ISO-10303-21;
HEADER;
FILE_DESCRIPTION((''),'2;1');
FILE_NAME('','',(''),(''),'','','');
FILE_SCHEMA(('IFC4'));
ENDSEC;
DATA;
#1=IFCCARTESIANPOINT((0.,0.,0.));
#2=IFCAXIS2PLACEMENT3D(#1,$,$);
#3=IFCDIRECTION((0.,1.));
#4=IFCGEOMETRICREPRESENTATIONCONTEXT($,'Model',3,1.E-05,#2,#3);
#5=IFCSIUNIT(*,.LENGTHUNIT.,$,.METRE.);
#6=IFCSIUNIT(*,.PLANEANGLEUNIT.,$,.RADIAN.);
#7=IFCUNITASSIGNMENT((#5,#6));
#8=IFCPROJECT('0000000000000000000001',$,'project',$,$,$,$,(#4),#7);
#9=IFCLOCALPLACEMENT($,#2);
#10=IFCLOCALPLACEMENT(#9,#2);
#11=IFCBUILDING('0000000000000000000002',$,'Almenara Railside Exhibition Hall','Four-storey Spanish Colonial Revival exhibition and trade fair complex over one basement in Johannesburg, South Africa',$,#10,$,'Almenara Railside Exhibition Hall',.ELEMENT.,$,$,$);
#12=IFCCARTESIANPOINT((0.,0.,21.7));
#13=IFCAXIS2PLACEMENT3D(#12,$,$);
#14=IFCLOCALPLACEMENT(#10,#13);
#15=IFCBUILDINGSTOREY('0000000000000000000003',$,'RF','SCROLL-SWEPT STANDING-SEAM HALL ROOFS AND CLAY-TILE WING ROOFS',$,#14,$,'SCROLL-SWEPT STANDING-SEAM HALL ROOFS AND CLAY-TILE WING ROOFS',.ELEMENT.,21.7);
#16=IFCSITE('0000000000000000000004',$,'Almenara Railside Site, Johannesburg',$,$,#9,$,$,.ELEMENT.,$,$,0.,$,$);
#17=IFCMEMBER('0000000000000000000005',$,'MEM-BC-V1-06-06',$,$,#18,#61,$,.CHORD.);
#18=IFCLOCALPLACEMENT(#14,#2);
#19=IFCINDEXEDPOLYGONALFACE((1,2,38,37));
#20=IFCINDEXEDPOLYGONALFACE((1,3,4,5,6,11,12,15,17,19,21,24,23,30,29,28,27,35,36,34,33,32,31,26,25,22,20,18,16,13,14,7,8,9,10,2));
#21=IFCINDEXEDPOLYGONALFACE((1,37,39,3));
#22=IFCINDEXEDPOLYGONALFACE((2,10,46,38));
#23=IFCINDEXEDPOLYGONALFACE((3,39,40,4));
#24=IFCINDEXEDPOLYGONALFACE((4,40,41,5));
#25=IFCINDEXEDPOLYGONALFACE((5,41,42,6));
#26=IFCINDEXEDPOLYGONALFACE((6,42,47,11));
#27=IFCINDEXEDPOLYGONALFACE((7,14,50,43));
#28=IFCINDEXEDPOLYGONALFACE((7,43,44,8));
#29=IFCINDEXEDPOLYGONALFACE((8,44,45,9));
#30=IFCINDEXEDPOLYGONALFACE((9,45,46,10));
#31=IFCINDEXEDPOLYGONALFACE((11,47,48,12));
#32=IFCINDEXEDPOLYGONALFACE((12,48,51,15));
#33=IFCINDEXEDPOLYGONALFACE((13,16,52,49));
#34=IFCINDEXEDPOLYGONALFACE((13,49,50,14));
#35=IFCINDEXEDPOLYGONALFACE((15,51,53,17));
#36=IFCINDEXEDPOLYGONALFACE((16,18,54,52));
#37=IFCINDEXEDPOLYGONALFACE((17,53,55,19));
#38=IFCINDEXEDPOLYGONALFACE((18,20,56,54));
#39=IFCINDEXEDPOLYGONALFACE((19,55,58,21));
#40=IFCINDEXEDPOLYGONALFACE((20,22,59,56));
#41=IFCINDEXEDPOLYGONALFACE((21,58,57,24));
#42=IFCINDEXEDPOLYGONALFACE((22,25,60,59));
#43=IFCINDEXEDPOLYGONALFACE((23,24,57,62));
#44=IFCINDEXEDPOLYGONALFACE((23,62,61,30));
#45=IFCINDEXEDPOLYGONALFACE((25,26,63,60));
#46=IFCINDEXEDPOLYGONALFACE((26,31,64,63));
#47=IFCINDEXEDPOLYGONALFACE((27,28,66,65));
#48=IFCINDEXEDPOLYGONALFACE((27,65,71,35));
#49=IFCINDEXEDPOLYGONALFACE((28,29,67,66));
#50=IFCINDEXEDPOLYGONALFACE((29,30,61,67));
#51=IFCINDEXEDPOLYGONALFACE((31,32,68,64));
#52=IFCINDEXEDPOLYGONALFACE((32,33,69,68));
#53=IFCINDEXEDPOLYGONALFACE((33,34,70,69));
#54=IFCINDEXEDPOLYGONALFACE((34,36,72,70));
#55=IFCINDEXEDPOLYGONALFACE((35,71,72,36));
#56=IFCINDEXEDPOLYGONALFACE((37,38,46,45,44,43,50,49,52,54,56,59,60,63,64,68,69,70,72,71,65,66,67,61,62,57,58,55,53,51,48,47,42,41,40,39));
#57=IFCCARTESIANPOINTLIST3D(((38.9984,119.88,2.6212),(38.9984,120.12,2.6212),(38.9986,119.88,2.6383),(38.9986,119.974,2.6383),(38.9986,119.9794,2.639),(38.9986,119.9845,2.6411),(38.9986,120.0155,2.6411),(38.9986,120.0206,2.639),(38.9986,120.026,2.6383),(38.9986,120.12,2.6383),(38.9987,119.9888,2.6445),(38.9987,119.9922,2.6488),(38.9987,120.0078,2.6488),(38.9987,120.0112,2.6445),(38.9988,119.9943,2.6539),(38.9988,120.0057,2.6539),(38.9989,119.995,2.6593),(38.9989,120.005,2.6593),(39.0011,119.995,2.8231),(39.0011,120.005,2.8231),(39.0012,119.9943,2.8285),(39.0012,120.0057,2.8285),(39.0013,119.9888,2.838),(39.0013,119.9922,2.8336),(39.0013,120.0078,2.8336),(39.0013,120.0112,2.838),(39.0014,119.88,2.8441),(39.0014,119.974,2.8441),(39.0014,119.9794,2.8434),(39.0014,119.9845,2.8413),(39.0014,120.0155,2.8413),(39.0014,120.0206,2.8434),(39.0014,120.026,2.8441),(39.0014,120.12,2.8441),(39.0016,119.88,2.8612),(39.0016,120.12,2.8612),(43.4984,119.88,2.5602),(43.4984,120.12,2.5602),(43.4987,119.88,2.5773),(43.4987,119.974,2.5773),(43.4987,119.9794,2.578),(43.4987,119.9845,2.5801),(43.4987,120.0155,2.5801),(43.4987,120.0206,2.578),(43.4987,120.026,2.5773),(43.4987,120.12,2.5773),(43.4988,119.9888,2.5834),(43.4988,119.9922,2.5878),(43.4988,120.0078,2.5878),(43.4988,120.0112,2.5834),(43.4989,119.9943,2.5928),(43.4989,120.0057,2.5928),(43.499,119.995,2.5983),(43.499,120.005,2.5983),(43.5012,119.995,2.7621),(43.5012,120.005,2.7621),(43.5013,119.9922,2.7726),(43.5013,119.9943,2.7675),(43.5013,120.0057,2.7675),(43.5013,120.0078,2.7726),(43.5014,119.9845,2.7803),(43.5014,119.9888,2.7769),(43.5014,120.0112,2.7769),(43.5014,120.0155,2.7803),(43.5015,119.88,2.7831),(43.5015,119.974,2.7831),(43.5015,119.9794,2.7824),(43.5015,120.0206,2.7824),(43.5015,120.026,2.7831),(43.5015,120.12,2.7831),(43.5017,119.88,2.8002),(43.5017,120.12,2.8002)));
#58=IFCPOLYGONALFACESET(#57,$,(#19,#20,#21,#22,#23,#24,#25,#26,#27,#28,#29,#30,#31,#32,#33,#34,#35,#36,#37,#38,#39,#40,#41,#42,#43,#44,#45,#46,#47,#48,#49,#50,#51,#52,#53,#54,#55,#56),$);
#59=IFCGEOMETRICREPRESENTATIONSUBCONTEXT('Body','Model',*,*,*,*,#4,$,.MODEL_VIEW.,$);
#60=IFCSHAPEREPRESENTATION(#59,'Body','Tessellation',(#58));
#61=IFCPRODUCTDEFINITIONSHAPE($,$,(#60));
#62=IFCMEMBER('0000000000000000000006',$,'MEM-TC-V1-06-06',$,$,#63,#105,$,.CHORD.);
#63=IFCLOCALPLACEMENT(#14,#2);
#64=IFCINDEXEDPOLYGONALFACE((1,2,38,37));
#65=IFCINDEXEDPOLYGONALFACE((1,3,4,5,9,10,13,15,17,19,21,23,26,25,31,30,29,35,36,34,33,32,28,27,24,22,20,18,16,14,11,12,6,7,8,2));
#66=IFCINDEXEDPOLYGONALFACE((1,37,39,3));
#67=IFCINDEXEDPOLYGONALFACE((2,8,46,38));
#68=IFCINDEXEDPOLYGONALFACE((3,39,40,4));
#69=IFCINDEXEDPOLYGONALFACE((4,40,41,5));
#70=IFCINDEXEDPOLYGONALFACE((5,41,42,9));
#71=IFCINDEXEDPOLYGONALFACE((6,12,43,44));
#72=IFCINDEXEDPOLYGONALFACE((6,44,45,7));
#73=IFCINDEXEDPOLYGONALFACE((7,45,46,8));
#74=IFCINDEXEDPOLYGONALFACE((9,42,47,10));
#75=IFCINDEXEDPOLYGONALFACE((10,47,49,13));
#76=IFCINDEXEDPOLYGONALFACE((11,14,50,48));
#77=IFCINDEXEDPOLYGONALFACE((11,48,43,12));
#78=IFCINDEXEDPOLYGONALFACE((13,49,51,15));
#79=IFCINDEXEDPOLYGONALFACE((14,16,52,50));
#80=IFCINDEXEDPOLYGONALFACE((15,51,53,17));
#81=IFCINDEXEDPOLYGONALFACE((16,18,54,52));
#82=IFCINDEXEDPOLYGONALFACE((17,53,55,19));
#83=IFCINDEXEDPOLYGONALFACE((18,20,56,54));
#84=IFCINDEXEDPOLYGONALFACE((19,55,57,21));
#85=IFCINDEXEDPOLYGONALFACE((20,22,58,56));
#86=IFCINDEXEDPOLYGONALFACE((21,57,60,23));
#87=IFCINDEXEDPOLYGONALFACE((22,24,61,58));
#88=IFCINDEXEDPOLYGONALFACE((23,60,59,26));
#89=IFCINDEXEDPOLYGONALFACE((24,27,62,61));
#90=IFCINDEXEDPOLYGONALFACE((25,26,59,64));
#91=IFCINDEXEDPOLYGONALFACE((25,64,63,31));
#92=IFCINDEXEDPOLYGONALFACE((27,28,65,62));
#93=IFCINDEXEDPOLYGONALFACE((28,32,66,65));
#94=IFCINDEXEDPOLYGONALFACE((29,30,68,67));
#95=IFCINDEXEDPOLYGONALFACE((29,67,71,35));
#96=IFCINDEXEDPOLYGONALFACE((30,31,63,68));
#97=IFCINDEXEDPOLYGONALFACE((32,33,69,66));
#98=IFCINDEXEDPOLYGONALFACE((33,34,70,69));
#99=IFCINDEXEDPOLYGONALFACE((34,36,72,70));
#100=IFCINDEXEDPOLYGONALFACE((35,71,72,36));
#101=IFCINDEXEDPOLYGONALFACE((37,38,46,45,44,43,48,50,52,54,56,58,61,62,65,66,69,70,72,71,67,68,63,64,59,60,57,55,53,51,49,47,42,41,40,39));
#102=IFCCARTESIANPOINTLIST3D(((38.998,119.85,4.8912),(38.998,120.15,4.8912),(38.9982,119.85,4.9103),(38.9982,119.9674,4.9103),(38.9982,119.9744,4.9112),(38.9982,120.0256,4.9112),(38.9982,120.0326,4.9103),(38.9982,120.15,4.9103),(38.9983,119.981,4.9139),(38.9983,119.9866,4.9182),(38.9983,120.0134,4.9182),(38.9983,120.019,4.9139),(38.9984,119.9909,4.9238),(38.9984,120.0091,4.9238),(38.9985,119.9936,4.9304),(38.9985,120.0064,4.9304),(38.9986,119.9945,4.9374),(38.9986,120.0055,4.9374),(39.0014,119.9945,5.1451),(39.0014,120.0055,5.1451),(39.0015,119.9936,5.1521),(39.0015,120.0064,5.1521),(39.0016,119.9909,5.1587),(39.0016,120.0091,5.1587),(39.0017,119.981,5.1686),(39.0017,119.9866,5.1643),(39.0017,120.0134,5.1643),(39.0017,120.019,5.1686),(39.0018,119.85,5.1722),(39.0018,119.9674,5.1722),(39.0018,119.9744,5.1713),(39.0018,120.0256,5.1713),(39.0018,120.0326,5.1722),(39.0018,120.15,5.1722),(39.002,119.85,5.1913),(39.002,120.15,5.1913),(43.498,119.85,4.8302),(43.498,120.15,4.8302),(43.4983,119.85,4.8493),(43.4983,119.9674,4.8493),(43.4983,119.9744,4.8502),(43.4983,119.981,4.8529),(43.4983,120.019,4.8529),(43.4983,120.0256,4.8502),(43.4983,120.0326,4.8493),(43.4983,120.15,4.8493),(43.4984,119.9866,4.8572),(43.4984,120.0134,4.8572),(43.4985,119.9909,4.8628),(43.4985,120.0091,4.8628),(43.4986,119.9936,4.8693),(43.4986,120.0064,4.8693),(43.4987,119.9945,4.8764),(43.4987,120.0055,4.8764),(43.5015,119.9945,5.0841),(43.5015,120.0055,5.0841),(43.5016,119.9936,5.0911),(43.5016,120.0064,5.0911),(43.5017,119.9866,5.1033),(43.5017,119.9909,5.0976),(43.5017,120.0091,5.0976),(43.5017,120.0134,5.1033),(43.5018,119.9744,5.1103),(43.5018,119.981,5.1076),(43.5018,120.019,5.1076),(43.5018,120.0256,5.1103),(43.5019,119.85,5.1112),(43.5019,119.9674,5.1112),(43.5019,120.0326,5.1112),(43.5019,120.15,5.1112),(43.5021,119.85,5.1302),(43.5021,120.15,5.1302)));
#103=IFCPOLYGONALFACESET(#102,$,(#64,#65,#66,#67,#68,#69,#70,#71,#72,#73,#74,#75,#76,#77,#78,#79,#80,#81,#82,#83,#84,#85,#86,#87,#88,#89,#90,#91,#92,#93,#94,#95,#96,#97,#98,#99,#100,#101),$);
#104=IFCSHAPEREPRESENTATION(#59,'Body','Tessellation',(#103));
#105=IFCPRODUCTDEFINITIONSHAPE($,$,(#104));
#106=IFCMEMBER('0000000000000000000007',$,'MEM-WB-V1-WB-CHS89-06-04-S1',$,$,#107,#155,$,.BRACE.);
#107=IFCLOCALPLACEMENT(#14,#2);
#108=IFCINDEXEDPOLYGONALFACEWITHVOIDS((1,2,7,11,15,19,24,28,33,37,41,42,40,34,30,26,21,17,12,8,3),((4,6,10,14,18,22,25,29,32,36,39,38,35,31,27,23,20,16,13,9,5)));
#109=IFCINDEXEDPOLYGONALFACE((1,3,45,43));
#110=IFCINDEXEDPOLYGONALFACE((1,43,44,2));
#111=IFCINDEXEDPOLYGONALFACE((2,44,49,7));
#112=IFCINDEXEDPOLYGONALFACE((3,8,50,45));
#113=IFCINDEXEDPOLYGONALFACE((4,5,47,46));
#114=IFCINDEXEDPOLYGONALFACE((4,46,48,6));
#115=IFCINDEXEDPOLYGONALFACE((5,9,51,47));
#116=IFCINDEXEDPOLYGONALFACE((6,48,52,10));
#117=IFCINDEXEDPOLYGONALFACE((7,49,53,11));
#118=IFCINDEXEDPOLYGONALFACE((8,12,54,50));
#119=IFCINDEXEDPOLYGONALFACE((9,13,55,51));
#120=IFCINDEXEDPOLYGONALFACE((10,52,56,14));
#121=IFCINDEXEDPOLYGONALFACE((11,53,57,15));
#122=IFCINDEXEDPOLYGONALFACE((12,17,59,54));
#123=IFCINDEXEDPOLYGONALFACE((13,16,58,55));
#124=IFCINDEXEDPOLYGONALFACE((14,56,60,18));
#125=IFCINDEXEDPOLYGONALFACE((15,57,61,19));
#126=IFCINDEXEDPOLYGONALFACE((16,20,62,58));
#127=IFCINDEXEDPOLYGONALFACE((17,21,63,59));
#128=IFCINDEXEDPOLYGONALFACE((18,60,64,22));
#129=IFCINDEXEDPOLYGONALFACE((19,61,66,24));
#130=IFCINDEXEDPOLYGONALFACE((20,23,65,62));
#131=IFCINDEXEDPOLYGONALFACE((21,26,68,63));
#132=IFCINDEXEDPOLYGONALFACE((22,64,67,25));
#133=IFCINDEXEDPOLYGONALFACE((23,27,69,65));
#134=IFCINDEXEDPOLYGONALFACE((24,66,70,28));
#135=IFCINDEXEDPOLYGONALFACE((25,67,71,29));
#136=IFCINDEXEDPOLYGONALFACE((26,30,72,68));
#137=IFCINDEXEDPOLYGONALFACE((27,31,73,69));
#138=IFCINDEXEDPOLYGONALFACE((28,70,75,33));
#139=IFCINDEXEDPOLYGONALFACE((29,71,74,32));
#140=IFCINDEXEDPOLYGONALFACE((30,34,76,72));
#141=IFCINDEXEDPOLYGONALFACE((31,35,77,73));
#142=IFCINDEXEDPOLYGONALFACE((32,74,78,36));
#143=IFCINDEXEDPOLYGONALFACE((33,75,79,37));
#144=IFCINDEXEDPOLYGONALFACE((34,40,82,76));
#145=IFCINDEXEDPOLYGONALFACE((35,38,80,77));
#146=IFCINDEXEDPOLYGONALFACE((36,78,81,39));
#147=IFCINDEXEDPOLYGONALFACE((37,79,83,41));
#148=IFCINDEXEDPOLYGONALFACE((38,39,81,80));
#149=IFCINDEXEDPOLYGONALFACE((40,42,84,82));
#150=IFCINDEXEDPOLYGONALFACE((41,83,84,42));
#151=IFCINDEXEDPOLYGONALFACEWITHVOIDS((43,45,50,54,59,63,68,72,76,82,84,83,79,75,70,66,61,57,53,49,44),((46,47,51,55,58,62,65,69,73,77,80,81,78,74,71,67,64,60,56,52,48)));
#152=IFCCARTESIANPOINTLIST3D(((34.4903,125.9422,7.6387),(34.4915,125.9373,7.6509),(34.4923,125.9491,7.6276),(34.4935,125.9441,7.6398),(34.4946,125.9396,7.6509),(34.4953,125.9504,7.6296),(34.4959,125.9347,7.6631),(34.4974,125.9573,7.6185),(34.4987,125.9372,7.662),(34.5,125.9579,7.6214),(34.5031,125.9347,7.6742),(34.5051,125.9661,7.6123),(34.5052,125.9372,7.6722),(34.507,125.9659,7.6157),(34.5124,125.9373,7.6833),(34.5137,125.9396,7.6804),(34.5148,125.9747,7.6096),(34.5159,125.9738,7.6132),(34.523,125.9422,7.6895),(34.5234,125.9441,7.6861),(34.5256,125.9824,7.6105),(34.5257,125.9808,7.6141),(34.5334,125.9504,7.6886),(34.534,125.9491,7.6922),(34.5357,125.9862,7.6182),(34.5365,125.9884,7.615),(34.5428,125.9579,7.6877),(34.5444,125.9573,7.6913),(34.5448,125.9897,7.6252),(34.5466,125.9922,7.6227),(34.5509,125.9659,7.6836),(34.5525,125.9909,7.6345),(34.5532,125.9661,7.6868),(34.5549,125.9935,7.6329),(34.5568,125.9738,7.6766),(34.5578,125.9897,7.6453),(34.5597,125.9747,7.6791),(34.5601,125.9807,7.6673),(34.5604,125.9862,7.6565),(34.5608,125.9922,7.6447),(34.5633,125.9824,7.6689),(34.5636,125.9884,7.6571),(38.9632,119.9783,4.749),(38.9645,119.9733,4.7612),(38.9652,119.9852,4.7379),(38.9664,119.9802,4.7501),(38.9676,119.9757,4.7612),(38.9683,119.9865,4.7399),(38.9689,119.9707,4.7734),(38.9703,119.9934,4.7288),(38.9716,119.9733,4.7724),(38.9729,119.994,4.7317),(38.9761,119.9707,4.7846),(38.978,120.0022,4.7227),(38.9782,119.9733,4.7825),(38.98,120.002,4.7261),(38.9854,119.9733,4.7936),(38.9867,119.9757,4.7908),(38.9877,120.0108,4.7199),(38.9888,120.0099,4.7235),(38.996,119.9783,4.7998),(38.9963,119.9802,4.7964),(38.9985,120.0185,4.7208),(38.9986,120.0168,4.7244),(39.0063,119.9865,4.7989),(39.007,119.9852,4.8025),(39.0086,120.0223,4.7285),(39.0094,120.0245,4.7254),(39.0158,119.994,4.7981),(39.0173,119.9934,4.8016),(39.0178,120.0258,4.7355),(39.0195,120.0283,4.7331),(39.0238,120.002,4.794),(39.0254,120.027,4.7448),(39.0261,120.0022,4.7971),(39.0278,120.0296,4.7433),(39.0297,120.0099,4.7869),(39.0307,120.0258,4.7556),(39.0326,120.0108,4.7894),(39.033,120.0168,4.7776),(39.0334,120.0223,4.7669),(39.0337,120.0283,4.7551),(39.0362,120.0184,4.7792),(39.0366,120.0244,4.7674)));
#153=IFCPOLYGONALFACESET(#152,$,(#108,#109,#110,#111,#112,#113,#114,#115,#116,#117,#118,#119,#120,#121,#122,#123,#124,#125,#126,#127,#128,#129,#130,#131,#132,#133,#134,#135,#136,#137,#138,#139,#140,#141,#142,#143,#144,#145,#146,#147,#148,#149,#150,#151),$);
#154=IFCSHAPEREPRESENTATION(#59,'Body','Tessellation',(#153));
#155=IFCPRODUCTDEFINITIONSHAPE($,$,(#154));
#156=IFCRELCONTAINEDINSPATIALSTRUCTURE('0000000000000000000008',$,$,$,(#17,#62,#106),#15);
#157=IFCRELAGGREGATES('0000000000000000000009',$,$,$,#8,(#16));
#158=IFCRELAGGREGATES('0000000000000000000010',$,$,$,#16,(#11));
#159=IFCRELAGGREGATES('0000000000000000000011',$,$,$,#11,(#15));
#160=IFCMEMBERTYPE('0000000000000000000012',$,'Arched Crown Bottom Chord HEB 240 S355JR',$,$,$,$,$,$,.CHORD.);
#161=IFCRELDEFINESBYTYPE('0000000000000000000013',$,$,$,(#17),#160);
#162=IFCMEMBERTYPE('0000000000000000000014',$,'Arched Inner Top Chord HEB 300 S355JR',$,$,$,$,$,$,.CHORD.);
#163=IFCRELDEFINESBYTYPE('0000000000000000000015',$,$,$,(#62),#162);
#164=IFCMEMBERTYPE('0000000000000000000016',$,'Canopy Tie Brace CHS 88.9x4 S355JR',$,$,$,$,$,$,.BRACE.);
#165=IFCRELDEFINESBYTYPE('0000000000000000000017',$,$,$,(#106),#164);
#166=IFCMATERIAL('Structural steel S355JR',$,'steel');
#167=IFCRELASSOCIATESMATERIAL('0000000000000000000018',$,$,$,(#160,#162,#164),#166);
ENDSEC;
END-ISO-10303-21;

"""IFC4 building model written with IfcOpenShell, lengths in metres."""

from ifc_helpers import new_model, si_unit, direction, frame, origin, origin_2d, place, context, subcontext, project, spatial, hollow_circle, i_section, extrude, material, material_profile, profile_set, type_object, element, save


model = new_model("IFC4")

# Units and contexts
model_context = context("Model", 3, precision=1e-05, world=origin(), true_north=direction((0.0, 1.0)))
body_context = subcontext(model_context, "Body", "Model", "MODEL_VIEW")
ifc_project = project(units=[si_unit("LENGTHUNIT", "METRE"), si_unit("PLANEANGLEUNIT", "RADIAN")], contexts=[model_context])

# Site, building, storey
site_placement = place(None, origin())
site = spatial("IfcSite", under=ifc_project, at=site_placement, Name="Almenara Railside Site, Johannesburg", CompositionType="ELEMENT", RefElevation=0.0)
building_placement = place(site_placement, origin())
building = spatial("IfcBuilding", under=site, at=building_placement, Name="Almenara Railside Exhibition Hall", Description="Four-storey Spanish Colonial Revival exhibition and trade fair complex over one basement in Johannesburg, South Africa", LongName="Almenara Railside Exhibition Hall", CompositionType="ELEMENT")
storey_placement = place(building_placement, frame((0.0, 0.0, 21.7)))
storey = spatial("IfcBuildingStorey", under=building, at=storey_placement, Name="RF", Description="SCROLL-SWEPT STANDING-SEAM HALL ROOFS AND CLAY-TILE WING ROOFS", LongName="SCROLL-SWEPT STANDING-SEAM HALL ROOFS AND CLAY-TILE WING ROOFS", CompositionType="ELEMENT", Elevation=21.7)

# Members
ifc_material_1 = material(Name="Structural steel S355JR", Category="steel")
ifc_material_profile_1 = material_profile(ifc_material_1, i_section(OverallWidth=0.24, OverallDepth=0.24, WebThickness=0.01, FlangeThickness=0.0171, FilletRadius=0.021, at=origin_2d()), Name="HEB 240")
ifc_profile_set_1 = profile_set([ifc_material_profile_1], Name="Structural steel S355JR")
member_type_1 = type_object("IfcMemberType", Name="Arched Crown Bottom Chord HEB 240 S355JR", PredefinedType="CHORD", material=ifc_profile_set_1)
member_1_placement = place(storey_placement, frame((39.0, 120.0, 2.7412), z_axis=(0.999908, 0.0, -0.013562), x_axis=(0.0, 1.0, 0.0)))
element("IfcMember", 1, at=member_1_placement, inside=storey, type_object=member_type_1, Name="MEM-BC-V1-06-06", PredefinedType="CHORD", context=body_context, shape_type="SweptSolid", body=[
    extrude(i_section(OverallWidth=0.24, OverallDepth=0.24, WebThickness=0.01, FlangeThickness=0.0171, FilletRadius=0.021, at=origin_2d()), origin(), (0.0, 0.0, 1.0), 4.5005),
])
ifc_material_profile_2 = material_profile(ifc_material_1, i_section(OverallWidth=0.3, OverallDepth=0.3, WebThickness=0.011, FlangeThickness=0.019, FilletRadius=0.0271, at=origin_2d()), Name="HEB 300")
ifc_profile_set_2 = profile_set([ifc_material_profile_2], Name="Structural steel S355JR")
member_type_2 = type_object("IfcMemberType", Name="Arched Inner Top Chord HEB 300 S355JR", PredefinedType="CHORD", material=ifc_profile_set_2)
member_2_placement = place(storey_placement, frame((39.0, 120.0, 5.0413), z_axis=(0.999908, 0.0, -0.013562), x_axis=(0.0, 1.0, 0.0)))
element("IfcMember", 2, at=member_2_placement, inside=storey, type_object=member_type_2, Name="MEM-TC-V1-06-06", PredefinedType="CHORD", context=body_context, shape_type="SweptSolid", body=[
    extrude(i_section(OverallWidth=0.3, OverallDepth=0.3, WebThickness=0.011, FlangeThickness=0.019, FilletRadius=0.0271, at=origin_2d()), origin(), (0.0, 0.0, 1.0), 4.5005),
])
ifc_material_profile_3 = material_profile(ifc_material_1, hollow_circle(Radius=0.0444, WallThickness=0.0039, at=origin_2d()), Name="CHS 88.9x4")
ifc_profile_set_3 = profile_set([ifc_material_profile_3], Name="Structural steel S355JR")
member_type_3 = type_object("IfcMemberType", Name="Canopy Tie Brace CHS 88.9x4 S355JR", PredefinedType="BRACE", material=ifc_profile_set_3)
for number, where, z_axis, x_axis, name in (
    (3, (39.0, 120.0, 4.7612), (-0.559442, 0.745923, 0.361419), (-0.8, -0.6, 0.0), "MEM-WB-V1-WB-CHS89-06-04-S1"),
):
    element("IfcMember", number, at=place(storey_placement, frame(where, z_axis=z_axis, x_axis=x_axis)), inside=storey, type_object=member_type_3, Name=name, PredefinedType="BRACE", context=body_context, shape_type="SweptSolid", body=[
        extrude(hollow_circle(Radius=0.0444, WallThickness=0.0039, at=origin_2d()), origin(), (0.0, 0.0, 1.0), 7.9954),
    ])

save(model, "model.ifc")
